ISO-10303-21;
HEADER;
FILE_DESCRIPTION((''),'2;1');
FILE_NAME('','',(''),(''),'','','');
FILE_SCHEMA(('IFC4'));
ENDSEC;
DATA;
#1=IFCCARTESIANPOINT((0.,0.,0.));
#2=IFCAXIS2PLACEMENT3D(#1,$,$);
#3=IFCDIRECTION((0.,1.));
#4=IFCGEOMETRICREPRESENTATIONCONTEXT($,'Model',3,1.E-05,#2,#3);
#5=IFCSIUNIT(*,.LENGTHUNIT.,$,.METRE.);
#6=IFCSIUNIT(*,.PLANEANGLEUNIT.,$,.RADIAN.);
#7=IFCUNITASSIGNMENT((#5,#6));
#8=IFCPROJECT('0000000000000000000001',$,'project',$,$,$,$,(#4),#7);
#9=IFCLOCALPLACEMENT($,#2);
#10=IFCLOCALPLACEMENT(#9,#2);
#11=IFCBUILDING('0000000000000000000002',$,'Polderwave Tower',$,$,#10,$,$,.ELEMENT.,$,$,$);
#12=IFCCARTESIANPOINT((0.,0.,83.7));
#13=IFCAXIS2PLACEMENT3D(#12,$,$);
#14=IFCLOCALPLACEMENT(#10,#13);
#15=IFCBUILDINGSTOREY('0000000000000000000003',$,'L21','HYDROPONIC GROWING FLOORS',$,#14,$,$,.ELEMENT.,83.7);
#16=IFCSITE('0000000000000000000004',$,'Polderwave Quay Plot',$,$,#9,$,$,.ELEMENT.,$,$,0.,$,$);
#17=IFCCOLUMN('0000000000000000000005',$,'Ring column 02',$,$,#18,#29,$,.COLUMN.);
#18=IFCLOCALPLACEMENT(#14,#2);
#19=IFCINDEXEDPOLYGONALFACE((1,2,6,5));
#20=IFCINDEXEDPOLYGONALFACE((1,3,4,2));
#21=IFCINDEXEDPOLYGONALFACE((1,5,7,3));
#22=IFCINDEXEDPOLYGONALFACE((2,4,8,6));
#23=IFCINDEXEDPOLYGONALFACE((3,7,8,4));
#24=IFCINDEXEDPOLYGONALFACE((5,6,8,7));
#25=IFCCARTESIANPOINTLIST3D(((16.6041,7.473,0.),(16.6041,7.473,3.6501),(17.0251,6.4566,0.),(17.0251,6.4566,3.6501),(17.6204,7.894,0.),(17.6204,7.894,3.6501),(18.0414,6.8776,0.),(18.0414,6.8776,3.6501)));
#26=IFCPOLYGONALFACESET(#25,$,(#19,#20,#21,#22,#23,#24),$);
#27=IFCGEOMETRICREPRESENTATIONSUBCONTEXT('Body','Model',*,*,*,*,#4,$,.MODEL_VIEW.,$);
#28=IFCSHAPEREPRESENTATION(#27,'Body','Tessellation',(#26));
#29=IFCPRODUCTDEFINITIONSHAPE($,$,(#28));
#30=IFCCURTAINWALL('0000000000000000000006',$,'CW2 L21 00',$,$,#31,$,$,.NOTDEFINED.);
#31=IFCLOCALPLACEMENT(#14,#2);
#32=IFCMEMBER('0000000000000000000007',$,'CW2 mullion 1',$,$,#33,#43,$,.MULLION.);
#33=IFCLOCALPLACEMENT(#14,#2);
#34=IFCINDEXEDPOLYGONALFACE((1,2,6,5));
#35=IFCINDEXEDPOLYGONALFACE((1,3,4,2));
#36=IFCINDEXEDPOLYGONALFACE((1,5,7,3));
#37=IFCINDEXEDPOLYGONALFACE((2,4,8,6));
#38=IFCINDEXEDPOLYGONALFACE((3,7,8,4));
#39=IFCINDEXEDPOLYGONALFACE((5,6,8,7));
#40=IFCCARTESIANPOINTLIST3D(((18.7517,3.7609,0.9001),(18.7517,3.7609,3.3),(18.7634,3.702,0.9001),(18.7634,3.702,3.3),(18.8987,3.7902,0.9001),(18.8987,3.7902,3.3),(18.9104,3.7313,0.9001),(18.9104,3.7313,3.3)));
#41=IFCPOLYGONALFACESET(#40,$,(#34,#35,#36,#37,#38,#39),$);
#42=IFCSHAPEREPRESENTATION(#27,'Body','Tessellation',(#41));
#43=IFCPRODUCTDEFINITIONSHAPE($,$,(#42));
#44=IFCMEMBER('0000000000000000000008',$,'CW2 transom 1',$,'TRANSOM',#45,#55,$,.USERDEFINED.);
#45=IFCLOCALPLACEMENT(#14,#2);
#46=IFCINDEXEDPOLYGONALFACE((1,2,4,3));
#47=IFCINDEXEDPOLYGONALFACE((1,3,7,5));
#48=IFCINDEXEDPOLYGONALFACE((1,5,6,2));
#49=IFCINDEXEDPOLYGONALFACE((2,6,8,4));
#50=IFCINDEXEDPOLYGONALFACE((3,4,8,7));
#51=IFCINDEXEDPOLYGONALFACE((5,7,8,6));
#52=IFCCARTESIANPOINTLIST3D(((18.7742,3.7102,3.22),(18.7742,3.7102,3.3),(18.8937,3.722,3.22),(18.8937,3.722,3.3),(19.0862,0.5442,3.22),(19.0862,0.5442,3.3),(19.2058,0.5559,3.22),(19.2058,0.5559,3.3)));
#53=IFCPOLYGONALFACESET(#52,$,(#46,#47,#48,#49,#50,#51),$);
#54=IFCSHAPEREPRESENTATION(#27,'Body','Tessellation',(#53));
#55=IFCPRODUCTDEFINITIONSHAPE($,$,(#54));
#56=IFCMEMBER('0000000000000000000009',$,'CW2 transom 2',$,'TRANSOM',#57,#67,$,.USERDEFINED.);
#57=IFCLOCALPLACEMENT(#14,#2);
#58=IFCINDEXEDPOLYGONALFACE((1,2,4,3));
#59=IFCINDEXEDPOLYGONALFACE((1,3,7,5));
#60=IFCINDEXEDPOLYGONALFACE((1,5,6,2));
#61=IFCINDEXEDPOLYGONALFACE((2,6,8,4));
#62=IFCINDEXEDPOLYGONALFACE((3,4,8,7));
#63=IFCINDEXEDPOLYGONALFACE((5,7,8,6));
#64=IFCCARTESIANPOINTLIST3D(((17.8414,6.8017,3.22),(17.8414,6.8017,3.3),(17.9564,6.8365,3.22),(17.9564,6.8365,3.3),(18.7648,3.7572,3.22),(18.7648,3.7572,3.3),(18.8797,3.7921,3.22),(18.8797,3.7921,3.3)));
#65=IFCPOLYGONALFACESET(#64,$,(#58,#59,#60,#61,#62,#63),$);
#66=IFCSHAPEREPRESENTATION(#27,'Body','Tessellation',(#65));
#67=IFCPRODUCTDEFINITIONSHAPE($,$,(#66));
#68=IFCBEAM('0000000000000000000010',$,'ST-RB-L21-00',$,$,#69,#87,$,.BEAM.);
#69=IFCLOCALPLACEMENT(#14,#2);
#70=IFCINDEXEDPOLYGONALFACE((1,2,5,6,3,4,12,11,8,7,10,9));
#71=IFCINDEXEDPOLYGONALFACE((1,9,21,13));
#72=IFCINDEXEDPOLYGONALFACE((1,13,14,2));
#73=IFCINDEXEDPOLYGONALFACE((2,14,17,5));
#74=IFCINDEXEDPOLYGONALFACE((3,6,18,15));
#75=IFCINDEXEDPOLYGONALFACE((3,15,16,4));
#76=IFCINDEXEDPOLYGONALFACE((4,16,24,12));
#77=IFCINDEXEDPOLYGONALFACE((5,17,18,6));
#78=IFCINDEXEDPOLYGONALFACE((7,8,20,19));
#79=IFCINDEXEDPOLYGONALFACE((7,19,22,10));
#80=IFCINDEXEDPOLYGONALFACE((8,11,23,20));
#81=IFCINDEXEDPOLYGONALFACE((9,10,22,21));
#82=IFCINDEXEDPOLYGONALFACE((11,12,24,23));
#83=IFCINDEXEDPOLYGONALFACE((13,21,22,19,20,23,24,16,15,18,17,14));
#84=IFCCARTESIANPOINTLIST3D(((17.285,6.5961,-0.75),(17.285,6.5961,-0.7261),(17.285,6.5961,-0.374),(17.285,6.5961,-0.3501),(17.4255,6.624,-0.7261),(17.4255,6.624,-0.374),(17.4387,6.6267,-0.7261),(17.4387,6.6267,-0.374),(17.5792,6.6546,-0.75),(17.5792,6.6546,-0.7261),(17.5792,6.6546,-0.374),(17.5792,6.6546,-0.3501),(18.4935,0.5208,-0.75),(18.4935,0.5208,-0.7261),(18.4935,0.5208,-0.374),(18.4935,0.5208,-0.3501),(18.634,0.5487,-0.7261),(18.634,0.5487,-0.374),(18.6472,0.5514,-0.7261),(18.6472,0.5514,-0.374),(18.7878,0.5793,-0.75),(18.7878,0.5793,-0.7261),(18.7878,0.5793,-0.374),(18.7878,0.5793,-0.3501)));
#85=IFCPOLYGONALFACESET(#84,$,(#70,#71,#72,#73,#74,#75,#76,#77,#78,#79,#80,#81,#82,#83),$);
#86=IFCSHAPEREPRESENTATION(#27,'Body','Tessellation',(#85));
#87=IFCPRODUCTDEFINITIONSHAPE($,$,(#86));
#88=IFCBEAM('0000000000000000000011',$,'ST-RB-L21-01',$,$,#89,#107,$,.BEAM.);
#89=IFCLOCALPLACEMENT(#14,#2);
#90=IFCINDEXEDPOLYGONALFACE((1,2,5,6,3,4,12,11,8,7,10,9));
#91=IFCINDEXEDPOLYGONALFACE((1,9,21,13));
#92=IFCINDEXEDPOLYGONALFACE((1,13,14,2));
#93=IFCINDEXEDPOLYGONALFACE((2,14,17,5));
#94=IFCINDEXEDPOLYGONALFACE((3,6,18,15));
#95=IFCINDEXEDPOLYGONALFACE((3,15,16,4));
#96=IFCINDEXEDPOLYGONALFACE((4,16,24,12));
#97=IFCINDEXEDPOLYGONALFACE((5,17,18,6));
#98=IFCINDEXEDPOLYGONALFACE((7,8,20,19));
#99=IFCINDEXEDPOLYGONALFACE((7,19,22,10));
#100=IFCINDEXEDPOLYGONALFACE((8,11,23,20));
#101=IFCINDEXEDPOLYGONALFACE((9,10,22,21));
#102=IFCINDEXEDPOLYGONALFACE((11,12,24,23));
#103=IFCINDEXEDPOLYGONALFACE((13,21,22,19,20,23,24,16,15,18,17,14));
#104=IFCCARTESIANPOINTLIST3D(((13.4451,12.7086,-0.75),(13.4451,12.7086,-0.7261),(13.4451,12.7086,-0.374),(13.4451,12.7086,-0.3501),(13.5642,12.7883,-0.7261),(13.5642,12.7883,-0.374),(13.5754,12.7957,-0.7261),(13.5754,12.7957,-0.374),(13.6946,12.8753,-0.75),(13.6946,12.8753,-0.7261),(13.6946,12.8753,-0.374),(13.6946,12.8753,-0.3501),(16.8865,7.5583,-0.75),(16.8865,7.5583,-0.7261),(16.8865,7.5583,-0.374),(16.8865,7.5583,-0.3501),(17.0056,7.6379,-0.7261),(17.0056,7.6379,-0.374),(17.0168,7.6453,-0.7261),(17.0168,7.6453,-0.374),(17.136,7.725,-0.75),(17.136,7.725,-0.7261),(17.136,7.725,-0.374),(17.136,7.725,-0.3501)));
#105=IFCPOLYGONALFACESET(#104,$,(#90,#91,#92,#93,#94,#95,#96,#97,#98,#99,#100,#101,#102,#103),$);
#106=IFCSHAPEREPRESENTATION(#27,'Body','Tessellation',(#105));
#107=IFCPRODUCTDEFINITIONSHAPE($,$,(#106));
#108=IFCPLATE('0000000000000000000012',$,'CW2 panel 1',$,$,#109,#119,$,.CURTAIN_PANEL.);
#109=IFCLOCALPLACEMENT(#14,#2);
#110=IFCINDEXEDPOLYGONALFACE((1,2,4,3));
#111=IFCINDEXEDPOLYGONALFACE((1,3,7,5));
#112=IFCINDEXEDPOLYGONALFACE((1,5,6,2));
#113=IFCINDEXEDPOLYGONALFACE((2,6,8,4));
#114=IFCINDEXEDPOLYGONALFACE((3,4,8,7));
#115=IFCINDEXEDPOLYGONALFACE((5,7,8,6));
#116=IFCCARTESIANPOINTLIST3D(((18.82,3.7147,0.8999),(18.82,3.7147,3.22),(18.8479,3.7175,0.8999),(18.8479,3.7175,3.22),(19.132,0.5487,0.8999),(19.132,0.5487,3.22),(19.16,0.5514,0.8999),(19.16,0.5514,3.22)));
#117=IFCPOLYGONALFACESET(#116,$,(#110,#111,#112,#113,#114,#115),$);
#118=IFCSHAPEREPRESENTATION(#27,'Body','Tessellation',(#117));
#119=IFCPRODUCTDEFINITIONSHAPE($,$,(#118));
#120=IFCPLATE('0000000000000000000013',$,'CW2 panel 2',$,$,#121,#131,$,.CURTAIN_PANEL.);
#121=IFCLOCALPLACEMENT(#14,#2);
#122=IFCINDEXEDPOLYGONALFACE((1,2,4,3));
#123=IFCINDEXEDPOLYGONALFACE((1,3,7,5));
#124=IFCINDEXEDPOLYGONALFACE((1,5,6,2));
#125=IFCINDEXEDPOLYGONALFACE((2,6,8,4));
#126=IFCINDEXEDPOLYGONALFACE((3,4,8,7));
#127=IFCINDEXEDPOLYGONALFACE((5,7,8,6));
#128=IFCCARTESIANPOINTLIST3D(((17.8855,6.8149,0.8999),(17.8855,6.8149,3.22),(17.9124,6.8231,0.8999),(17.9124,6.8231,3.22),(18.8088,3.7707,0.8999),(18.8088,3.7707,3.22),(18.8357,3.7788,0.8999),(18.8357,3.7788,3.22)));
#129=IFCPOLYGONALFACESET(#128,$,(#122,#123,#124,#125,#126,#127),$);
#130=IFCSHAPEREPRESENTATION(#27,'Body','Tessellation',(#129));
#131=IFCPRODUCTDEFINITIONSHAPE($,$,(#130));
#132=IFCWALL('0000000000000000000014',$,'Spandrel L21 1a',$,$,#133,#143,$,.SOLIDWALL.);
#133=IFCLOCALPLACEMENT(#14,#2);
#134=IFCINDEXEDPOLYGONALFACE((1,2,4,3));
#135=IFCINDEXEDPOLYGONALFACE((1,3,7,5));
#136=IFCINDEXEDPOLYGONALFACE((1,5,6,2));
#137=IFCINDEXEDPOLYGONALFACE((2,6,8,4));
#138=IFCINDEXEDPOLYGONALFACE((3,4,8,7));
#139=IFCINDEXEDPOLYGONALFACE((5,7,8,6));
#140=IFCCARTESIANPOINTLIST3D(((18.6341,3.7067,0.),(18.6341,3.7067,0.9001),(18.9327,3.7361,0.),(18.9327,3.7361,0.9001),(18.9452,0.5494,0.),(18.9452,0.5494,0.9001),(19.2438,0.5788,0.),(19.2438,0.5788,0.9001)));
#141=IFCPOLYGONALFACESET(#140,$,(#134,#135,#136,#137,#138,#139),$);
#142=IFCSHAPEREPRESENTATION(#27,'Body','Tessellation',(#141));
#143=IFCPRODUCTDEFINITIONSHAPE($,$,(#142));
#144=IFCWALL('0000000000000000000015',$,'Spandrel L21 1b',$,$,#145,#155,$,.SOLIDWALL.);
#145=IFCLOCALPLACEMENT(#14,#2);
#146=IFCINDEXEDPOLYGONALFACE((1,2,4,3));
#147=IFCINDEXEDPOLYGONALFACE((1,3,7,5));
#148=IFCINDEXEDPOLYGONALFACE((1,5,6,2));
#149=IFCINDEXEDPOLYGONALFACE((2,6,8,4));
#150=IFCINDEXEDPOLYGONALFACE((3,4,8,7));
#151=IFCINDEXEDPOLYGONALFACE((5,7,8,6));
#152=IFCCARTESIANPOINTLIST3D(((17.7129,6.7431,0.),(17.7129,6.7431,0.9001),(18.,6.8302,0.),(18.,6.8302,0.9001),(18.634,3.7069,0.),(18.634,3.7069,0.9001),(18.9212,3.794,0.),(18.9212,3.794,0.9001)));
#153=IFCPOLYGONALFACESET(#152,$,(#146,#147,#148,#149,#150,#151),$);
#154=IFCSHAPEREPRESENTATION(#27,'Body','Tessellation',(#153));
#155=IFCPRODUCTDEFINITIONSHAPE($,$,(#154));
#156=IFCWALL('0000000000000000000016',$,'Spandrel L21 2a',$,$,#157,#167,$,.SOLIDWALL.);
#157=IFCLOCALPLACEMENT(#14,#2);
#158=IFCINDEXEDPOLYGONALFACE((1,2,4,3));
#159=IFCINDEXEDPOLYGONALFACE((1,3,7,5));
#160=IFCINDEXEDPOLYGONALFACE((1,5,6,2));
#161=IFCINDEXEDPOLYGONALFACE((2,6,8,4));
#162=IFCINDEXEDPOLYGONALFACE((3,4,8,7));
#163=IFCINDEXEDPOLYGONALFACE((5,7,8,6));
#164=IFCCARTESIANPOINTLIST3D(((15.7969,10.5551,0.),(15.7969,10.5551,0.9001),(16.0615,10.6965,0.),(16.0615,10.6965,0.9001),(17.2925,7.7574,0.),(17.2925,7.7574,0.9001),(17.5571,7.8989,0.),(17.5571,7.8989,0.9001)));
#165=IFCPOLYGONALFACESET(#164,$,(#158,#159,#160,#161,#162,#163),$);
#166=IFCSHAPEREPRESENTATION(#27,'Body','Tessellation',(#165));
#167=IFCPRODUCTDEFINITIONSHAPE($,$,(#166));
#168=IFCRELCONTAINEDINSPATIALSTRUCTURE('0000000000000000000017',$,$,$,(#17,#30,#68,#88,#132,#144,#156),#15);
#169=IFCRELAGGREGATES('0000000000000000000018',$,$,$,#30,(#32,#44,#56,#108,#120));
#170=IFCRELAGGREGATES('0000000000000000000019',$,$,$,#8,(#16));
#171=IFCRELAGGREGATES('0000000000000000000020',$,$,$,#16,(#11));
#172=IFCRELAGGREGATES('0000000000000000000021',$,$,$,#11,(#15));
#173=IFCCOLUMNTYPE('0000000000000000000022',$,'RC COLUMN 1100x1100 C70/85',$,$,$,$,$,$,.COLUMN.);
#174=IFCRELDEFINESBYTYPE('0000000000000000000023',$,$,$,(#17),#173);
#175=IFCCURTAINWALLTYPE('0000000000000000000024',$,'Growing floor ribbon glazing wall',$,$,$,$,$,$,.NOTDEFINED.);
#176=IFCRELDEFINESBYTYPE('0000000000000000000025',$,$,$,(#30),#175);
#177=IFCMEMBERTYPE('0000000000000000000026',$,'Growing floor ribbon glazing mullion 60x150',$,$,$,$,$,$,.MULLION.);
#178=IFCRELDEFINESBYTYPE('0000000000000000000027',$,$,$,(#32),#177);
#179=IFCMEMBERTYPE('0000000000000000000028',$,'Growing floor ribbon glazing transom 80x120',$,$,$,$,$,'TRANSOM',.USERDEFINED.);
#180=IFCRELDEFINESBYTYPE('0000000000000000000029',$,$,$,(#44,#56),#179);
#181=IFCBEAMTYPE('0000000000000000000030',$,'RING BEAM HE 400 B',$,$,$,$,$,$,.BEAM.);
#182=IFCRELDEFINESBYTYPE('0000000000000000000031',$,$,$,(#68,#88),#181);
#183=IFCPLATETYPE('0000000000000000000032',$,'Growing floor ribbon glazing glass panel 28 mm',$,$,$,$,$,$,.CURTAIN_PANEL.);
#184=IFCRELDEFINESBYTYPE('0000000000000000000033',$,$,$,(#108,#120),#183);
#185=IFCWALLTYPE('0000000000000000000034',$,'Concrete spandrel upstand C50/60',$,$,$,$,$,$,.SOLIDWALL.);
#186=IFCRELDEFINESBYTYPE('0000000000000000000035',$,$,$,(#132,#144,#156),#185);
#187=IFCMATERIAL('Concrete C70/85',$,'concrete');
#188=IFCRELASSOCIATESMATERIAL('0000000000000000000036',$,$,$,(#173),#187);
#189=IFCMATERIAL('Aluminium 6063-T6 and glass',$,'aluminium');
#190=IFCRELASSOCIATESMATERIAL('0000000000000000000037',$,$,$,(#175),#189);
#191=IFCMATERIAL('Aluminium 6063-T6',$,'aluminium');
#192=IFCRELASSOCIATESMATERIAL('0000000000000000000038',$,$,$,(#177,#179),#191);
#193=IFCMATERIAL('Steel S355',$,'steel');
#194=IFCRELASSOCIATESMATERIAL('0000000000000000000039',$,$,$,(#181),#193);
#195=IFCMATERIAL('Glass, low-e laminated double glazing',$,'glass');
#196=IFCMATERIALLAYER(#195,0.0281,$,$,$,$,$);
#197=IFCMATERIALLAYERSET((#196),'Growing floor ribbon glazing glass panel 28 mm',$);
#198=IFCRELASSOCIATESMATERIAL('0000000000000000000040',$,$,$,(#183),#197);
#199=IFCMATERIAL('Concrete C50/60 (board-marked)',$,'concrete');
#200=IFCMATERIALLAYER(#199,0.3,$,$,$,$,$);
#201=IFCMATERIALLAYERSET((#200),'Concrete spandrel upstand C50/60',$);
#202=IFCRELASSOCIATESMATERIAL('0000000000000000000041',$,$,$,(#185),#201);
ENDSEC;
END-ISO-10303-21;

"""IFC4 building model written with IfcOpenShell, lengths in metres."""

from ifc_helpers import new_model, si_unit, direction, frame, frame_2d, origin, origin_2d, place, context, subcontext, project, spatial, rectangle, i_section, extrude, material, layer, layer_set, material_profile, profile_set, type_object, element, aggregate, save


model = new_model("IFC4")

# Units and contexts
model_context = context("Model", 3, precision=1e-05, world=origin(), true_north=direction((0.0, 1.0)))
body_context = subcontext(model_context, "Body", "Model", "MODEL_VIEW")
ifc_project = project(units=[si_unit("LENGTHUNIT", "METRE"), si_unit("PLANEANGLEUNIT", "RADIAN")], contexts=[model_context])

# Site, building, storey
site_placement = place(None, origin())
site = spatial("IfcSite", under=ifc_project, at=site_placement, Name="Polderwave Quay Plot", CompositionType="ELEMENT", RefElevation=0.0)
building_placement = place(site_placement, origin())
building = spatial("IfcBuilding", under=site, at=building_placement, Name="Polderwave Tower", CompositionType="ELEMENT")
storey_placement = place(building_placement, frame((0.0, 0.0, 83.7)))
storey = spatial("IfcBuildingStorey", under=building, at=storey_placement, Name="L21", Description="HYDROPONIC GROWING FLOORS", CompositionType="ELEMENT", Elevation=83.7)

# Column
ifc_material_1 = material(Name="Concrete C70/85", Category="concrete")
ifc_material_profile_1 = material_profile(ifc_material_1, rectangle(XDim=1.1001, YDim=1.1001, at=origin_2d()), Name="RC 1100x1100")
ifc_profile_set_1 = profile_set([ifc_material_profile_1], Name="Concrete C70/85")
column_type = type_object("IfcColumnType", Name="RC COLUMN 1100x1100 C70/85", PredefinedType="COLUMN", material=ifc_profile_set_1)
column_placement = place(storey_placement, frame((17.3228, 7.1753, 0.0), z_axis=(0.0, 0.0, 1.0), x_axis=(0.92388, 0.382683, 0.0)))
element("IfcColumn", 1, at=column_placement, inside=storey, type_object=column_type, Name="Ring column 02", PredefinedType="COLUMN", context=body_context, shape_type="SweptSolid", body=[
    extrude(rectangle(XDim=1.1001, YDim=1.1001, at=origin_2d()), origin(), (0.0, 0.0, 1.0), 3.6501),
])

# Curtain wall, members
ifc_material_2 = material(Name="Aluminium 6063-T6 and glass", Category="aluminium")
curtain_wall_type = type_object("IfcCurtainWallType", Name="Growing floor ribbon glazing wall", PredefinedType="NOTDEFINED", material=ifc_material_2)
curtain_wall_placement = place(storey_placement, origin())
curtain_wall = element("IfcCurtainWall", 2, at=curtain_wall_placement, inside=storey, type_object=curtain_wall_type, Name="CW2 L21 00", PredefinedType="NOTDEFINED")
ifc_material_3 = material(Name="Aluminium 6063-T6", Category="aluminium")
ifc_material_profile_2 = material_profile(ifc_material_3, rectangle(XDim=0.1499, YDim=0.0601, at=origin_2d()), Name="AL 60x150")
ifc_profile_set_2 = profile_set([ifc_material_profile_2], Name="Aluminium 6063-T6")
member_type_1 = type_object("IfcMemberType", Name="Growing floor ribbon glazing mullion 60x150", PredefinedType="MULLION", material=ifc_profile_set_2)
member_1_placement = place(storey_placement, frame((18.8311, 3.7461, 0.9001), z_axis=(0.0, 0.0, 1.0), x_axis=(-0.980784, -0.195097, 0.0)))
member_1 = element("IfcMember", 3, at=member_1_placement, type_object=member_type_1, Name="CW2 mullion 1", PredefinedType="MULLION", context=body_context, shape_type="SweptSolid", body=[
    extrude(rectangle(XDim=0.1499, YDim=0.0601, at=origin_2d()), origin(), (0.0, 0.0, 1.0), 2.3999),
])
ifc_material_profile_3 = material_profile(ifc_material_3, rectangle(XDim=0.1201, YDim=0.0801, at=origin_2d()), Name="AL 80x120")
ifc_profile_set_3 = profile_set([ifc_material_profile_3], Name="Aluminium 6063-T6")
member_type_2 = type_object("IfcMemberType", Name="Growing floor ribbon glazing transom 80x120", ElementType="TRANSOM", PredefinedType="USERDEFINED", material=ifc_profile_set_3)
member_2_placement = place(storey_placement, frame((19.146, 0.55, 3.26), z_axis=(-0.098075, 0.995179, 0.0), x_axis=(-0.995179, -0.098075, 0.0)))
member_2 = element("IfcMember", 4, at=member_2_placement, type_object=member_type_2, Name="CW2 transom 1", ObjectType="TRANSOM", PredefinedType="USERDEFINED", context=body_context, shape_type="SweptSolid", body=[
    extrude(rectangle(XDim=0.1201, YDim=0.0801, at=origin_2d()), origin(), (0.0, 0.0, 1.0), 3.1814),
])
member_3_placement = place(storey_placement, frame((18.8223, 3.7747, 3.26), z_axis=(-0.290233, 0.956956, 0.0), x_axis=(-0.956956, -0.290233, 0.0)))
member_3 = element("IfcMember", 5, at=member_3_placement, type_object=member_type_2, Name="CW2 transom 2", ObjectType="TRANSOM", PredefinedType="USERDEFINED", context=body_context, shape_type="SweptSolid", body=[
    extrude(rectangle(XDim=0.1201, YDim=0.0801, at=origin_2d()), origin(), (0.0, 0.0, 1.0), 3.1814),
])

# Beams
ifc_material_4 = material(Name="Steel S355", Category="steel")
ifc_material_profile_4 = material_profile(ifc_material_4, i_section(OverallWidth=0.3, OverallDepth=0.3999, WebThickness=0.0134, FlangeThickness=0.0239, at=origin_2d()), Name="HE 400 B")
ifc_profile_set_4 = profile_set([ifc_material_profile_4], Name="Steel S355")
beam_type = type_object("IfcBeamType", Name="RING BEAM HE 400 B", PredefinedType="BEAM", material=ifc_profile_set_4)
for number, where, z_axis, x_axis, name in (
    (6, (18.6406, 0.55, -0.55), (-0.1951, 0.980783, 0.0), (-0.980783, -0.1951, 0.0), "ST-RB-L21-00"),
    (7, (17.0112, 7.6416, -0.55), (-0.555573, 0.831468, 0.0), (-0.831468, -0.555573, 0.0), "ST-RB-L21-01"),
):
    element("IfcBeam", number, at=place(storey_placement, frame(where, z_axis=z_axis, x_axis=x_axis)), inside=storey, type_object=beam_type, Name=name, PredefinedType="BEAM", context=body_context, shape_type="SweptSolid", body=[
        extrude(i_section(OverallWidth=0.3, OverallDepth=0.3999, WebThickness=0.0134, FlangeThickness=0.0239, at=origin_2d()), origin(), (0.0, 0.0, 1.0), 6.1943),
    ])

# Plates
ifc_material_5 = material(Name="Glass, low-e laminated double glazing", Category="glass")
ifc_layer_1 = layer(ifc_material_5, 0.0281)
ifc_layer_set_1 = layer_set([ifc_layer_1], Name="Growing floor ribbon glazing glass panel 28 mm")
plate_type = type_object("IfcPlateType", Name="Growing floor ribbon glazing glass panel 28 mm", PredefinedType="CURTAIN_PANEL", material=ifc_layer_set_1)
plate_1_placement = place(storey_placement, frame((18.99, 2.1331, 0.8999), z_axis=(0.0, 0.0, 1.0), x_axis=(-0.098085, 0.995178, 0.0)))
plate_1 = element("IfcPlate", 8, at=plate_1_placement, type_object=plate_type, Name="CW2 panel 1", PredefinedType="CURTAIN_PANEL", context=body_context, shape_type="SweptSolid", body=[
    extrude(rectangle(XDim=3.1814, YDim=0.0281, at=origin_2d()), origin(), (0.0, 0.0, 1.0), 2.3201),
])
plate_2_placement = place(storey_placement, frame((18.3606, 5.2969, 0.8999), z_axis=(0.0, 0.0, 1.0), x_axis=(-0.290233, 0.956956, 0.0)))
plate_2 = element("IfcPlate", 9, at=plate_2_placement, type_object=plate_type, Name="CW2 panel 2", PredefinedType="CURTAIN_PANEL", context=body_context, shape_type="SweptSolid", body=[
    extrude(rectangle(XDim=3.1812, YDim=0.0281, at=origin_2d()), origin(), (0.0, 0.0, 1.0), 2.3201),
])
aggregate(curtain_wall, [member_1, member_2, member_3, plate_1, plate_2])

# Walls
ifc_material_6 = material(Name="Concrete C50/60 (board-marked)", Category="concrete")
ifc_layer_2 = layer(ifc_material_6, 0.3)
ifc_layer_set_2 = layer_set([ifc_layer_2], Name="Concrete spandrel upstand C50/60")
wall_type_1 = type_object("IfcWallType", Name="Concrete spandrel upstand C50/60", PredefinedType="SOLIDWALL", material=ifc_layer_set_2)
wall_1_placement = place(storey_placement, frame((19.0945, 0.564, 0.0), z_axis=(0.0, 0.0, 1.0), x_axis=(-0.098041, 0.995182, 0.0)))
element("IfcWall", 10, at=wall_1_placement, inside=storey, type_object=wall_type_1, Name="Spandrel L21 1a", PredefinedType="SOLIDWALL", context=body_context, shape_type="SweptSolid", body=[
    extrude(rectangle(XDim=3.1726, YDim=0.3, at=frame_2d((1.5864, 0.0))), origin(), (0.0, 0.0, 1.0), 0.9001),
])
wall_2_placement = place(storey_placement, frame((18.7776, 3.7505, 0.0), z_axis=(0.0, 0.0, 1.0), x_axis=(-0.290326, 0.956928, 0.0)))
element("IfcWall", 11, at=wall_2_placement, inside=storey, type_object=wall_type_1, Name="Spandrel L21 1b", PredefinedType="SOLIDWALL", context=body_context, shape_type="SweptSolid", body=[
    extrude(rectangle(XDim=3.1729, YDim=0.3, at=frame_2d((1.5864, 0.0))), origin(), (0.0, 0.0, 1.0), 0.9001),
])
wall_3_placement = place(storey_placement, frame((17.4248, 7.8281, 0.0), z_axis=(0.0, 0.0, 1.0), x_axis=(-0.471459, 0.881888, 0.0)))
element("IfcWall", 12, at=wall_3_placement, inside=storey, type_object=wall_type_1, Name="Spandrel L21 2a", PredefinedType="SOLIDWALL", context=body_context, shape_type="SweptSolid", body=[
    extrude(rectangle(XDim=3.1724, YDim=0.3, at=frame_2d((1.5862, 0.0))), origin(), (0.0, 0.0, 1.0), 0.9001),
])

save(model, "model.ifc")
